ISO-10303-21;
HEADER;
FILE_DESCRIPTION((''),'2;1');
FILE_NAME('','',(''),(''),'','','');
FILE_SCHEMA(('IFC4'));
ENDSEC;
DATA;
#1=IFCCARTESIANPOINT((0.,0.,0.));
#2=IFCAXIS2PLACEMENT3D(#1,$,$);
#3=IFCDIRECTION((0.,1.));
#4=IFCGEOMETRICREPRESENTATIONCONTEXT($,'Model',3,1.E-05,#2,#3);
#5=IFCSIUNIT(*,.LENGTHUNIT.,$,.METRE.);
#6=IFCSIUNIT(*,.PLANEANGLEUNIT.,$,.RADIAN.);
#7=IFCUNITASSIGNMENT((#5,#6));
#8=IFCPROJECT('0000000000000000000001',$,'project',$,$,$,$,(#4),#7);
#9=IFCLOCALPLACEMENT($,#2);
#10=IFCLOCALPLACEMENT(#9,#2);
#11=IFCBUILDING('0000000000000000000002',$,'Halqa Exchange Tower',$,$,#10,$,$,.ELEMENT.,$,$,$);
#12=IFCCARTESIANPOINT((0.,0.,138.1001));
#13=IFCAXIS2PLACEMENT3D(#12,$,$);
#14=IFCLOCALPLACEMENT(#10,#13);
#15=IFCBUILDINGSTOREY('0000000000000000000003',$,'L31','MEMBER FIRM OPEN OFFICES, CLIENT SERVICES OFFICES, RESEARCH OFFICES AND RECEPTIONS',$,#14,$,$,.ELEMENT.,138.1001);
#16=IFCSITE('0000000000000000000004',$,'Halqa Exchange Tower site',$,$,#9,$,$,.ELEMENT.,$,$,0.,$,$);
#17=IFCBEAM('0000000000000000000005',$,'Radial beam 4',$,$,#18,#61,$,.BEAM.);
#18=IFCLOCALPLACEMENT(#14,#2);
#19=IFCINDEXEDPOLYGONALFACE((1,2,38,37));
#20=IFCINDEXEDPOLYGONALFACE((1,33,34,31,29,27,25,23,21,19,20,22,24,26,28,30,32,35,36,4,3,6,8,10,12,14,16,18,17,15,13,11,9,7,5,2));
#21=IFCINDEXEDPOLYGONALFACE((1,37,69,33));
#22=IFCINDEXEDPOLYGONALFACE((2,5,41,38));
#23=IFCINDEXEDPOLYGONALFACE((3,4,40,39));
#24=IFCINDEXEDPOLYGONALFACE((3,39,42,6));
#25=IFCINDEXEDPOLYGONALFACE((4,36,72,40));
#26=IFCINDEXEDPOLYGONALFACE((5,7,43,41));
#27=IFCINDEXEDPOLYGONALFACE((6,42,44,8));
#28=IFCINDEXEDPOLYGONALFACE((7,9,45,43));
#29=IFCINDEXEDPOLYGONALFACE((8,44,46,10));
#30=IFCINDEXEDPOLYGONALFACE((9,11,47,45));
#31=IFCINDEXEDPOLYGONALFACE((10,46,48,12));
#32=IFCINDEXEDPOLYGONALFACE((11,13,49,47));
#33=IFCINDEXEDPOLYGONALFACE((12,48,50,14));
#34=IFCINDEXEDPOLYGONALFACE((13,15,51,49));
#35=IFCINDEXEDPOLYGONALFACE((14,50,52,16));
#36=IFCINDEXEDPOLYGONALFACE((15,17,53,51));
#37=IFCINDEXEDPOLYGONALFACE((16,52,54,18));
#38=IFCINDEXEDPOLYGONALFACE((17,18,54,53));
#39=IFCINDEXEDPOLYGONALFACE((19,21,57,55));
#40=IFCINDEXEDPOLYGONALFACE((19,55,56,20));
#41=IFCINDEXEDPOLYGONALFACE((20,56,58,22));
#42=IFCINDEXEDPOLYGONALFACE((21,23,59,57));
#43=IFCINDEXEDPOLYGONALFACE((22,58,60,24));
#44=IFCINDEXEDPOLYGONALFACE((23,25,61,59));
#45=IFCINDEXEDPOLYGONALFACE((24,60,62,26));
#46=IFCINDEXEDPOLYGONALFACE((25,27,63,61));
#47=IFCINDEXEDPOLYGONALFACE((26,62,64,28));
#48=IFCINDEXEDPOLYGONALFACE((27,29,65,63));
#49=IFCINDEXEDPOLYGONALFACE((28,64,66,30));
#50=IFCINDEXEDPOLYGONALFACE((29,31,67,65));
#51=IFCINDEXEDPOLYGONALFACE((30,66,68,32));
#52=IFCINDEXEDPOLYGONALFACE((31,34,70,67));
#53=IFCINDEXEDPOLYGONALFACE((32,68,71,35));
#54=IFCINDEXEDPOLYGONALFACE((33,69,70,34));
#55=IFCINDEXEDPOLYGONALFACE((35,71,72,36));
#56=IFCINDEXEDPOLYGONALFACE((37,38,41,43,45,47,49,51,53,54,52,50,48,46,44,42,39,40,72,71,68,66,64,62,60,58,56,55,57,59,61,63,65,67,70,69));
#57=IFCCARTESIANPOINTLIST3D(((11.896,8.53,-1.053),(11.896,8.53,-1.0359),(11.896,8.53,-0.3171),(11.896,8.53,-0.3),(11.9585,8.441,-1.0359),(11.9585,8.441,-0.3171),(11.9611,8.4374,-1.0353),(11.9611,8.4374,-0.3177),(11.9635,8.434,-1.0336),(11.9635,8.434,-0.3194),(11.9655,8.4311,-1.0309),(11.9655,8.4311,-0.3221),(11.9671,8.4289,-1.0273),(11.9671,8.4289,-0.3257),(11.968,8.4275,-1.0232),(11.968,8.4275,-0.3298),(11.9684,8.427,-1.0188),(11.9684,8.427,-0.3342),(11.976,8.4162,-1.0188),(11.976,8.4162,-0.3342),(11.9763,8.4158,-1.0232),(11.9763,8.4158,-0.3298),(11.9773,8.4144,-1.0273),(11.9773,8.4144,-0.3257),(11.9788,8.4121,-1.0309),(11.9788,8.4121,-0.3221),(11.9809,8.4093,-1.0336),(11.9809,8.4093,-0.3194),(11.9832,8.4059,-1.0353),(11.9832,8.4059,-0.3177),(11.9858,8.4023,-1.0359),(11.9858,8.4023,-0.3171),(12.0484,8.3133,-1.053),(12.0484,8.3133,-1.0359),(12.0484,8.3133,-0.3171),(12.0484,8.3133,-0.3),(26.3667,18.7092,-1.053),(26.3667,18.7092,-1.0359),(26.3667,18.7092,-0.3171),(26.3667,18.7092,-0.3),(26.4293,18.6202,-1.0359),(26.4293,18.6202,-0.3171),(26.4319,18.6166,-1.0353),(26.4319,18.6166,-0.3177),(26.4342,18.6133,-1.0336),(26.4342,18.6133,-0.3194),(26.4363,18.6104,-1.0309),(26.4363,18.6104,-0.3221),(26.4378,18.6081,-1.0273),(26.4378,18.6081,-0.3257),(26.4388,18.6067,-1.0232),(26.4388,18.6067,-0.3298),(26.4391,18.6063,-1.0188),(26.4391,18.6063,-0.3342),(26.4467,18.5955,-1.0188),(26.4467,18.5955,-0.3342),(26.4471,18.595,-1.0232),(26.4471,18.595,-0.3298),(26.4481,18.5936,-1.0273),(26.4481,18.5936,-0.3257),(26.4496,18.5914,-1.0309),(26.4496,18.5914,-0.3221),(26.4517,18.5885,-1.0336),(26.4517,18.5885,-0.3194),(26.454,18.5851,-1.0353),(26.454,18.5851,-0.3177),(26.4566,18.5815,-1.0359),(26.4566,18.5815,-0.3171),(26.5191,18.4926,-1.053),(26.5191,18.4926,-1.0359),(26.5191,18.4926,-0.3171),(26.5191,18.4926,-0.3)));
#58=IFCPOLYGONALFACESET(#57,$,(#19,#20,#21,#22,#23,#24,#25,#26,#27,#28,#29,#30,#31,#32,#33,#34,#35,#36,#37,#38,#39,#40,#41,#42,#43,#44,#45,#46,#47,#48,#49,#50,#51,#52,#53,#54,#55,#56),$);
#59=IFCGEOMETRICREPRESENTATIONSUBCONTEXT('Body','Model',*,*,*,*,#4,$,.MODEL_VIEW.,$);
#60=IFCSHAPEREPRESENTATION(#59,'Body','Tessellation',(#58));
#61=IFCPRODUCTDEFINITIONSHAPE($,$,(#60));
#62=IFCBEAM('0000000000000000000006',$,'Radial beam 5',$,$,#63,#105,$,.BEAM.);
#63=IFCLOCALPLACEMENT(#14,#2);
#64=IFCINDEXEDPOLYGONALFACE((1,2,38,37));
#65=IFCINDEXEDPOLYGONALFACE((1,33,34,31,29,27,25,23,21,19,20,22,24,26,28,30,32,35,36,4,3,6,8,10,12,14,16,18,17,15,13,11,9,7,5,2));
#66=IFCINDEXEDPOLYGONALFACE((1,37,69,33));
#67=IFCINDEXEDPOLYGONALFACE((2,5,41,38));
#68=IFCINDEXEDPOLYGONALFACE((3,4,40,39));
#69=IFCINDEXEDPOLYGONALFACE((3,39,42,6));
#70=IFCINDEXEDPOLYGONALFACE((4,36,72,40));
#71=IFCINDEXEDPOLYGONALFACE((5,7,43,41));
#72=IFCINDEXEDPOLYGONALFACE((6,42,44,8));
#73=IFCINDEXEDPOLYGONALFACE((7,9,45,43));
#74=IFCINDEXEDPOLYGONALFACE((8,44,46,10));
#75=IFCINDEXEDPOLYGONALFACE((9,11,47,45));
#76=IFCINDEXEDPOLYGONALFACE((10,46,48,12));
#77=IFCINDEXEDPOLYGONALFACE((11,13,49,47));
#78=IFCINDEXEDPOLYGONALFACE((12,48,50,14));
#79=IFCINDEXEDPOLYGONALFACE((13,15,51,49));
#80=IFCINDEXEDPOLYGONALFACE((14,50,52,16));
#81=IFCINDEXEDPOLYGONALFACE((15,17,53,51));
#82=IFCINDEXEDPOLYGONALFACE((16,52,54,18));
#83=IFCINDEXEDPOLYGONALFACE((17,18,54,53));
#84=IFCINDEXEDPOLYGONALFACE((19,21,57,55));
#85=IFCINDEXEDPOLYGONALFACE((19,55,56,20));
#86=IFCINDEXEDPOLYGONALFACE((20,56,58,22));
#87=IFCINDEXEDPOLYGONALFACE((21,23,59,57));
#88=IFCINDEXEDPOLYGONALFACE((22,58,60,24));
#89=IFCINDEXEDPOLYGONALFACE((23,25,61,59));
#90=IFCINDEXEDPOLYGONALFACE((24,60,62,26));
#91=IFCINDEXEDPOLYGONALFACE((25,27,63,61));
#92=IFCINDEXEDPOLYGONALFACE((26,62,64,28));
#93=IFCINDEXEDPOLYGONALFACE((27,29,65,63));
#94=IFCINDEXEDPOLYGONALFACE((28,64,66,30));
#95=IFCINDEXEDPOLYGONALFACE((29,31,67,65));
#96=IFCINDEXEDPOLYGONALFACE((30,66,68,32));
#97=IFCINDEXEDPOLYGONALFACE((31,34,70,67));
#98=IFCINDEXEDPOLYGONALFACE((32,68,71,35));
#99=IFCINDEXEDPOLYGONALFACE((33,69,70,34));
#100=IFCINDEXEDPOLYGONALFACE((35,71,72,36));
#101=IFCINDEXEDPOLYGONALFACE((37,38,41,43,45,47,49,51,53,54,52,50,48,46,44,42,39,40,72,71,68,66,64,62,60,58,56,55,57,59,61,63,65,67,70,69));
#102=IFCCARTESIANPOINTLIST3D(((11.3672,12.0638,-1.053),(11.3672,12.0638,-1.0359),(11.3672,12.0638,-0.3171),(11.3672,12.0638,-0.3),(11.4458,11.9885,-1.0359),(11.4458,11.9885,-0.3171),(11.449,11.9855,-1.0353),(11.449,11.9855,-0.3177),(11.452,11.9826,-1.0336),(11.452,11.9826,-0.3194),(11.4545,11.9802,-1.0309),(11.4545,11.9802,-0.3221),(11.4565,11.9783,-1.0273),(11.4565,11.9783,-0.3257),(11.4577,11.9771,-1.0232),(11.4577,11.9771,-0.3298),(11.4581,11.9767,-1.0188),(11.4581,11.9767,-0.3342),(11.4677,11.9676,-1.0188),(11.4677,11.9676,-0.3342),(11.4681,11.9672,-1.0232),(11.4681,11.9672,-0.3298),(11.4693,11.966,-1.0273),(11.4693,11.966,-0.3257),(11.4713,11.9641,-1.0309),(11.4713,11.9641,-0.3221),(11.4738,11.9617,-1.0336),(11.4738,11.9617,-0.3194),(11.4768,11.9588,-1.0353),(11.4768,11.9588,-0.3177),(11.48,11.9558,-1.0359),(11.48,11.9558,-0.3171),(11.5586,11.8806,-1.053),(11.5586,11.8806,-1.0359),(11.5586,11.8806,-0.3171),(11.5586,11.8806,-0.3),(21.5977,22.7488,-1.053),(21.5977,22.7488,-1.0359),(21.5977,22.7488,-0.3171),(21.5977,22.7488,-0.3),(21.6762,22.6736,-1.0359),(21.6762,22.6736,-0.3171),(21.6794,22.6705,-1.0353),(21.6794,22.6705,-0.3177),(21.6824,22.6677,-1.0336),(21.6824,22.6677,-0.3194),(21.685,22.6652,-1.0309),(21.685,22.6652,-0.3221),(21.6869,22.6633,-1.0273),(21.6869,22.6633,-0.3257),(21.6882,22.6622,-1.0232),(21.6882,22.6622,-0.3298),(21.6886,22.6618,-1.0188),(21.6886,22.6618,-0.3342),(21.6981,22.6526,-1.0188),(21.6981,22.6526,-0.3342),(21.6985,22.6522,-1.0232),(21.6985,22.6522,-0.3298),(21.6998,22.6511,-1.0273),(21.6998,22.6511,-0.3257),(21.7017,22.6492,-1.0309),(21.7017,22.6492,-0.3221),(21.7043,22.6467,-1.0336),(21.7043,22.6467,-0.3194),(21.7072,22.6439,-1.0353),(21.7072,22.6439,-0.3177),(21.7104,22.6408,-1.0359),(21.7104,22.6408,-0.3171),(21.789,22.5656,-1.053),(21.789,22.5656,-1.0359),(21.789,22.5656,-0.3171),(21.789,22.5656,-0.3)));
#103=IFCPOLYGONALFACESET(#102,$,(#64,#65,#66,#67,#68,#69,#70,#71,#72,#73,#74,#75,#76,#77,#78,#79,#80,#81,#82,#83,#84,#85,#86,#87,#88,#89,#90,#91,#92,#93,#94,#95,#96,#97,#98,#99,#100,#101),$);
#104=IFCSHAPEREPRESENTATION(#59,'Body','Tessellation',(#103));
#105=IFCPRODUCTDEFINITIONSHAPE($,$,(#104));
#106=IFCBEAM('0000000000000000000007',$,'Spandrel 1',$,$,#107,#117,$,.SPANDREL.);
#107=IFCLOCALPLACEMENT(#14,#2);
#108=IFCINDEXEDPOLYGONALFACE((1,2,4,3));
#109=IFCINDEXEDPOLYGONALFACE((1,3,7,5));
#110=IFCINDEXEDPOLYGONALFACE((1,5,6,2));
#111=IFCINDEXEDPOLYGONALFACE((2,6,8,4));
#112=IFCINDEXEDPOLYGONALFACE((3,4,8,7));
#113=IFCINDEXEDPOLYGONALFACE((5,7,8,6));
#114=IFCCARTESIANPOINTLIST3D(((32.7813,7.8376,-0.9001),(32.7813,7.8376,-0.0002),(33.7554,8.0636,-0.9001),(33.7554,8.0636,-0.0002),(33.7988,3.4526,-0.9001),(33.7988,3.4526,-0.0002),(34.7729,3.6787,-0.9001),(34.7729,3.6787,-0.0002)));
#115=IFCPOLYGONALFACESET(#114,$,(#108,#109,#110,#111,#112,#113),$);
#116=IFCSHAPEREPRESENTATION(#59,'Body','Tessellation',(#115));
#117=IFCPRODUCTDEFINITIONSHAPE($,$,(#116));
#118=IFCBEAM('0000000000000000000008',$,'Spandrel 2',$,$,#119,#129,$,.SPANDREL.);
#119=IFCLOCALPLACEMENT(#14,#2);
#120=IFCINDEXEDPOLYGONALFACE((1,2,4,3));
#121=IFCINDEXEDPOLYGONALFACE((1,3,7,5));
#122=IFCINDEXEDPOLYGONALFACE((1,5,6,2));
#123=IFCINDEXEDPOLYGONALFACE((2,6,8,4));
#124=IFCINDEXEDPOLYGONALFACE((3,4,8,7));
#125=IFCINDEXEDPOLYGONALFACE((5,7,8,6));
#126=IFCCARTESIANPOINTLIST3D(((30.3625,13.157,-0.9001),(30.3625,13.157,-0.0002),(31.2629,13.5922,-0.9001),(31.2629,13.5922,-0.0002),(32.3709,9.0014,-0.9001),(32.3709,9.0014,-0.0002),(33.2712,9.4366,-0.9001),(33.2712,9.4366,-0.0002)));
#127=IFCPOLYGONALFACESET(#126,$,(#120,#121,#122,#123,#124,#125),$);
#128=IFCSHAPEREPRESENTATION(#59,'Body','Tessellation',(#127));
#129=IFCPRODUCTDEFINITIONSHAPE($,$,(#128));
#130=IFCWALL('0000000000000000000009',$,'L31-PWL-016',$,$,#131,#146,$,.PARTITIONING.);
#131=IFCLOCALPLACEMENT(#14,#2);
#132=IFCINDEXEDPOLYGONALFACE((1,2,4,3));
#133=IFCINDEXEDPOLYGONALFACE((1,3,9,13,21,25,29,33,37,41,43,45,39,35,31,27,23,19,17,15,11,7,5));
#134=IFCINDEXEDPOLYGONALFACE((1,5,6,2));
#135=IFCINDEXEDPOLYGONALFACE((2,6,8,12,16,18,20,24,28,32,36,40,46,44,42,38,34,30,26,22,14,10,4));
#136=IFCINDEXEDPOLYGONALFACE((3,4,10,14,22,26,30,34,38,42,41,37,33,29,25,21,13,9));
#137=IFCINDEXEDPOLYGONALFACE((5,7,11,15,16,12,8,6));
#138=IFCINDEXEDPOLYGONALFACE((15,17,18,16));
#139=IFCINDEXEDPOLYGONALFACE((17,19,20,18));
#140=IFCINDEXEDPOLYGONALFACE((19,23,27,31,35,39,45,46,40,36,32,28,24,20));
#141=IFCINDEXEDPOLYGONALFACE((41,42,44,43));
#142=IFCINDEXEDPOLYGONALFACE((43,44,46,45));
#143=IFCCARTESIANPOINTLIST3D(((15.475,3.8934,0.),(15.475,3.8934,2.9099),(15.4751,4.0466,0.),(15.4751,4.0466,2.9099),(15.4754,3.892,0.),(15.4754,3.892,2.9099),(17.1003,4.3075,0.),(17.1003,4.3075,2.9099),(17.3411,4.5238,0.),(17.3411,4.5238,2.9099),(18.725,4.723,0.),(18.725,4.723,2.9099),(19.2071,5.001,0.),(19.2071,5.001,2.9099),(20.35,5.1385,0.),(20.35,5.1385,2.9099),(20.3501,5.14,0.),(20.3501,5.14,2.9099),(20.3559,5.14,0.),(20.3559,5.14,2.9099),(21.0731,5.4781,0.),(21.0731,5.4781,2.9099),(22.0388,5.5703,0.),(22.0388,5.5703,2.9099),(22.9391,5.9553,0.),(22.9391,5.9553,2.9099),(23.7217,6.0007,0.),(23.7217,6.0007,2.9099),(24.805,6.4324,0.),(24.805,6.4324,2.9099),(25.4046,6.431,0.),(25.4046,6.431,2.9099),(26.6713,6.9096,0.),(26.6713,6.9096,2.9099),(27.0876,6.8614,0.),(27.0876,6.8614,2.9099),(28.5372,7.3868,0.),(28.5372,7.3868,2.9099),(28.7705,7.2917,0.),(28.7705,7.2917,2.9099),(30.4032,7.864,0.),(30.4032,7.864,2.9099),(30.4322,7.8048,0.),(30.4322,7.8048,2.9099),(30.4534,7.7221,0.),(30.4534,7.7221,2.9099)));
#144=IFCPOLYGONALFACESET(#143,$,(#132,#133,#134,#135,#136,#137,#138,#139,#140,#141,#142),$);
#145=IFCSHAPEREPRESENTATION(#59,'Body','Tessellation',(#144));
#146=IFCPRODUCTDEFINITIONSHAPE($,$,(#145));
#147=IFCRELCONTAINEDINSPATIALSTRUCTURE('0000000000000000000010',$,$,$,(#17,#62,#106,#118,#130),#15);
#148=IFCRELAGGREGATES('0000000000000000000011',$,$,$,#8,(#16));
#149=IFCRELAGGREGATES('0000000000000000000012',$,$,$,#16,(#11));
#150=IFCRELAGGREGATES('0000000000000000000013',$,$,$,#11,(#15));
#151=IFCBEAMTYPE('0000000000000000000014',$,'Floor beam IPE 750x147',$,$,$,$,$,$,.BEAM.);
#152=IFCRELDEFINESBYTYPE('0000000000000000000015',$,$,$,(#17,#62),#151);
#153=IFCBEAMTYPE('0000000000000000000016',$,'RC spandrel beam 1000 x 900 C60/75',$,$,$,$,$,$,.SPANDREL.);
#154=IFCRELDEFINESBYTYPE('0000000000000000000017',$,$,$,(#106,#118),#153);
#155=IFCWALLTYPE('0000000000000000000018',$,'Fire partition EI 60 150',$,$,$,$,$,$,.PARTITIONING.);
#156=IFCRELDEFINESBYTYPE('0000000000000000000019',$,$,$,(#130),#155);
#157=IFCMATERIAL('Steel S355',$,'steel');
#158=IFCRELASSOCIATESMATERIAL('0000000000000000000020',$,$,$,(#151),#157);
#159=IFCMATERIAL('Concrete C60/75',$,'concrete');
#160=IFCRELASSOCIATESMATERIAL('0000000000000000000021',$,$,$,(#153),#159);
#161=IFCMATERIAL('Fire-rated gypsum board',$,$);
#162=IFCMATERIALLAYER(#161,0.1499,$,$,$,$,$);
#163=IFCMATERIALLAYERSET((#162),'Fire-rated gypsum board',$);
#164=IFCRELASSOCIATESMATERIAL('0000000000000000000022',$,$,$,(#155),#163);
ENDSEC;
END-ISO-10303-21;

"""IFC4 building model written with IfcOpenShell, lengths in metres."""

from ifc_helpers import new_model, si_unit, direction, frame, origin, origin_2d, place, context, subcontext, project, spatial, polyline, rectangle, i_section, outline, extrude, material, layer, layer_set, material_profile, profile_set, type_object, element, save


model = new_model("IFC4")

# Units and contexts
model_context = context("Model", 3, precision=1e-05, world=origin(), true_north=direction((0.0, 1.0)))
body_context = subcontext(model_context, "Body", "Model", "MODEL_VIEW")
ifc_project = project(units=[si_unit("LENGTHUNIT", "METRE"), si_unit("PLANEANGLEUNIT", "RADIAN")], contexts=[model_context])

# Site, building, storey
site_placement = place(None, origin())
site = spatial("IfcSite", under=ifc_project, at=site_placement, Name="Halqa Exchange Tower site", CompositionType="ELEMENT", RefElevation=0.0)
building_placement = place(site_placement, origin())
building = spatial("IfcBuilding", under=site, at=building_placement, Name="Halqa Exchange Tower", CompositionType="ELEMENT")
storey_placement = place(building_placement, frame((0.0, 0.0, 138.1001)))
storey = spatial("IfcBuildingStorey", under=building, at=storey_placement, Name="L31", Description="MEMBER FIRM OPEN OFFICES, CLIENT SERVICES OFFICES, RESEARCH OFFICES AND RECEPTIONS", CompositionType="ELEMENT", Elevation=138.1001)

# Beams
ifc_material_1 = material(Name="Steel S355", Category="steel")
ifc_material_profile_1 = material_profile(ifc_material_1, i_section(OverallWidth=0.2649, OverallDepth=0.7529, WebThickness=0.0132, FlangeThickness=0.0171, FilletRadius=0.0171, at=origin_2d()), Name="IPE 750x147")
ifc_profile_set_1 = profile_set([ifc_material_profile_1], Name="Steel S355")
beam_type_1 = type_object("IfcBeamType", Name="Floor beam IPE 750x147", PredefinedType="BEAM", material=ifc_profile_set_1)
beam_1_placement = place(storey_placement, frame((11.9722, 8.4216, -0.6765), z_axis=(0.81791, 0.575346, 0.0), x_axis=(-0.575346, 0.81791, 0.0)))
element("IfcBeam", 1, at=beam_1_placement, inside=storey, type_object=beam_type_1, Name="Radial beam 4", PredefinedType="BEAM", context=body_context, shape_type="SweptSolid", body=[
    extrude(i_section(OverallWidth=0.2649, OverallDepth=0.7529, WebThickness=0.0132, FlangeThickness=0.0171, FilletRadius=0.0171, at=origin_2d()), origin(), (0.0, 0.0, 1.0), 17.6924),
])
beam_2_placement = place(storey_placement, frame((11.4629, 11.9722, -0.6765), z_axis=(0.691575, 0.722305, 0.0), x_axis=(-0.722305, 0.691575, 0.0)))
element("IfcBeam", 2, at=beam_2_placement, inside=storey, type_object=beam_type_1, Name="Radial beam 5", PredefinedType="BEAM", context=body_context, shape_type="SweptSolid", body=[
    extrude(i_section(OverallWidth=0.2649, OverallDepth=0.7529, WebThickness=0.0132, FlangeThickness=0.0171, FilletRadius=0.0171, at=origin_2d()), origin(), (0.0, 0.0, 1.0), 14.793),
])
ifc_material_2 = material(Name="Concrete C60/75", Category="concrete")
ifc_material_profile_2 = material_profile(ifc_material_2, rectangle(XDim=1.0, YDim=0.8999, at=origin_2d()), Name="1000 x 900")
ifc_profile_set_2 = profile_set([ifc_material_profile_2], Name="Concrete C60/75")
beam_type_2 = type_object("IfcBeamType", Name="RC spandrel beam 1000 x 900 C60/75", PredefinedType="SPANDREL", material=ifc_profile_set_2)
beam_3_placement = place(storey_placement, frame((34.2859, 3.5657, -0.4502), z_axis=(-0.226052, 0.974115, 0.0), x_axis=(-0.974115, -0.226052, 0.0)))
element("IfcBeam", 3, at=beam_3_placement, inside=storey, type_object=beam_type_2, Name="Spandrel 1", PredefinedType="SPANDREL", context=body_context, shape_type="SweptSolid", body=[
    extrude(rectangle(XDim=1.0, YDim=0.8999, at=origin_2d()), origin(), (0.0, 0.0, 1.0), 4.5015),
])
beam_4_placement = place(storey_placement, frame((32.821, 9.219, -0.4502), z_axis=(-0.435134, 0.900366, 0.0), x_axis=(-0.900366, -0.435134, 0.0)))
element("IfcBeam", 4, at=beam_4_placement, inside=storey, type_object=beam_type_2, Name="Spandrel 2", PredefinedType="SPANDREL", context=body_context, shape_type="SweptSolid", body=[
    extrude(rectangle(XDim=1.0, YDim=0.8999, at=origin_2d()), origin(), (0.0, 0.0, 1.0), 4.6155),
])

# Wall
ifc_material_3 = material(Name="Fire-rated gypsum board")
ifc_layer_1 = layer(ifc_material_3, 0.1499)
ifc_layer_set_1 = layer_set([ifc_layer_1], Name="Fire-rated gypsum board")
wall_type_1 = type_object("IfcWallType", Name="Fire partition EI 60 150", PredefinedType="PARTITIONING", material=ifc_layer_set_1)
wall_1_placement = place(storey_placement, frame((15.4568, 3.9646, 0.0), z_axis=(0.0, 0.0, 1.0), x_axis=(0.968826, 0.247742, 0.0)))
element("IfcWall", 5, at=wall_1_placement, inside=storey, type_object=wall_type_1, Name="L31-PWL-016", PredefinedType="PARTITIONING", context=body_context, shape_type="SweptSolid", body=[
    extrude(outline(polyline([(0.0, -0.075), (1.6772, -0.075), (3.3542, -0.075), (5.0315, -0.075), (5.032, -0.0735), (5.0376, -0.075), (6.7747, -0.075), (8.5117, -0.075), (10.2488, -0.075), (11.9858, -0.075), (13.7229, -0.075), (15.46, -0.075), (15.46, 0.0105), (15.4465, 0.075), (13.5205, 0.075), (11.5945, 0.075), (9.6682, 0.075), (7.7422, 0.075), (5.8162, 0.075), (3.8901, 0.075), (1.9641, 0.075), (0.0381, 0.075), (0.0, -0.0735), (0.0, -0.075)])), origin(), (0.0, 0.0, 1.0), 2.9099),
])

save(model, "model.ifc")
